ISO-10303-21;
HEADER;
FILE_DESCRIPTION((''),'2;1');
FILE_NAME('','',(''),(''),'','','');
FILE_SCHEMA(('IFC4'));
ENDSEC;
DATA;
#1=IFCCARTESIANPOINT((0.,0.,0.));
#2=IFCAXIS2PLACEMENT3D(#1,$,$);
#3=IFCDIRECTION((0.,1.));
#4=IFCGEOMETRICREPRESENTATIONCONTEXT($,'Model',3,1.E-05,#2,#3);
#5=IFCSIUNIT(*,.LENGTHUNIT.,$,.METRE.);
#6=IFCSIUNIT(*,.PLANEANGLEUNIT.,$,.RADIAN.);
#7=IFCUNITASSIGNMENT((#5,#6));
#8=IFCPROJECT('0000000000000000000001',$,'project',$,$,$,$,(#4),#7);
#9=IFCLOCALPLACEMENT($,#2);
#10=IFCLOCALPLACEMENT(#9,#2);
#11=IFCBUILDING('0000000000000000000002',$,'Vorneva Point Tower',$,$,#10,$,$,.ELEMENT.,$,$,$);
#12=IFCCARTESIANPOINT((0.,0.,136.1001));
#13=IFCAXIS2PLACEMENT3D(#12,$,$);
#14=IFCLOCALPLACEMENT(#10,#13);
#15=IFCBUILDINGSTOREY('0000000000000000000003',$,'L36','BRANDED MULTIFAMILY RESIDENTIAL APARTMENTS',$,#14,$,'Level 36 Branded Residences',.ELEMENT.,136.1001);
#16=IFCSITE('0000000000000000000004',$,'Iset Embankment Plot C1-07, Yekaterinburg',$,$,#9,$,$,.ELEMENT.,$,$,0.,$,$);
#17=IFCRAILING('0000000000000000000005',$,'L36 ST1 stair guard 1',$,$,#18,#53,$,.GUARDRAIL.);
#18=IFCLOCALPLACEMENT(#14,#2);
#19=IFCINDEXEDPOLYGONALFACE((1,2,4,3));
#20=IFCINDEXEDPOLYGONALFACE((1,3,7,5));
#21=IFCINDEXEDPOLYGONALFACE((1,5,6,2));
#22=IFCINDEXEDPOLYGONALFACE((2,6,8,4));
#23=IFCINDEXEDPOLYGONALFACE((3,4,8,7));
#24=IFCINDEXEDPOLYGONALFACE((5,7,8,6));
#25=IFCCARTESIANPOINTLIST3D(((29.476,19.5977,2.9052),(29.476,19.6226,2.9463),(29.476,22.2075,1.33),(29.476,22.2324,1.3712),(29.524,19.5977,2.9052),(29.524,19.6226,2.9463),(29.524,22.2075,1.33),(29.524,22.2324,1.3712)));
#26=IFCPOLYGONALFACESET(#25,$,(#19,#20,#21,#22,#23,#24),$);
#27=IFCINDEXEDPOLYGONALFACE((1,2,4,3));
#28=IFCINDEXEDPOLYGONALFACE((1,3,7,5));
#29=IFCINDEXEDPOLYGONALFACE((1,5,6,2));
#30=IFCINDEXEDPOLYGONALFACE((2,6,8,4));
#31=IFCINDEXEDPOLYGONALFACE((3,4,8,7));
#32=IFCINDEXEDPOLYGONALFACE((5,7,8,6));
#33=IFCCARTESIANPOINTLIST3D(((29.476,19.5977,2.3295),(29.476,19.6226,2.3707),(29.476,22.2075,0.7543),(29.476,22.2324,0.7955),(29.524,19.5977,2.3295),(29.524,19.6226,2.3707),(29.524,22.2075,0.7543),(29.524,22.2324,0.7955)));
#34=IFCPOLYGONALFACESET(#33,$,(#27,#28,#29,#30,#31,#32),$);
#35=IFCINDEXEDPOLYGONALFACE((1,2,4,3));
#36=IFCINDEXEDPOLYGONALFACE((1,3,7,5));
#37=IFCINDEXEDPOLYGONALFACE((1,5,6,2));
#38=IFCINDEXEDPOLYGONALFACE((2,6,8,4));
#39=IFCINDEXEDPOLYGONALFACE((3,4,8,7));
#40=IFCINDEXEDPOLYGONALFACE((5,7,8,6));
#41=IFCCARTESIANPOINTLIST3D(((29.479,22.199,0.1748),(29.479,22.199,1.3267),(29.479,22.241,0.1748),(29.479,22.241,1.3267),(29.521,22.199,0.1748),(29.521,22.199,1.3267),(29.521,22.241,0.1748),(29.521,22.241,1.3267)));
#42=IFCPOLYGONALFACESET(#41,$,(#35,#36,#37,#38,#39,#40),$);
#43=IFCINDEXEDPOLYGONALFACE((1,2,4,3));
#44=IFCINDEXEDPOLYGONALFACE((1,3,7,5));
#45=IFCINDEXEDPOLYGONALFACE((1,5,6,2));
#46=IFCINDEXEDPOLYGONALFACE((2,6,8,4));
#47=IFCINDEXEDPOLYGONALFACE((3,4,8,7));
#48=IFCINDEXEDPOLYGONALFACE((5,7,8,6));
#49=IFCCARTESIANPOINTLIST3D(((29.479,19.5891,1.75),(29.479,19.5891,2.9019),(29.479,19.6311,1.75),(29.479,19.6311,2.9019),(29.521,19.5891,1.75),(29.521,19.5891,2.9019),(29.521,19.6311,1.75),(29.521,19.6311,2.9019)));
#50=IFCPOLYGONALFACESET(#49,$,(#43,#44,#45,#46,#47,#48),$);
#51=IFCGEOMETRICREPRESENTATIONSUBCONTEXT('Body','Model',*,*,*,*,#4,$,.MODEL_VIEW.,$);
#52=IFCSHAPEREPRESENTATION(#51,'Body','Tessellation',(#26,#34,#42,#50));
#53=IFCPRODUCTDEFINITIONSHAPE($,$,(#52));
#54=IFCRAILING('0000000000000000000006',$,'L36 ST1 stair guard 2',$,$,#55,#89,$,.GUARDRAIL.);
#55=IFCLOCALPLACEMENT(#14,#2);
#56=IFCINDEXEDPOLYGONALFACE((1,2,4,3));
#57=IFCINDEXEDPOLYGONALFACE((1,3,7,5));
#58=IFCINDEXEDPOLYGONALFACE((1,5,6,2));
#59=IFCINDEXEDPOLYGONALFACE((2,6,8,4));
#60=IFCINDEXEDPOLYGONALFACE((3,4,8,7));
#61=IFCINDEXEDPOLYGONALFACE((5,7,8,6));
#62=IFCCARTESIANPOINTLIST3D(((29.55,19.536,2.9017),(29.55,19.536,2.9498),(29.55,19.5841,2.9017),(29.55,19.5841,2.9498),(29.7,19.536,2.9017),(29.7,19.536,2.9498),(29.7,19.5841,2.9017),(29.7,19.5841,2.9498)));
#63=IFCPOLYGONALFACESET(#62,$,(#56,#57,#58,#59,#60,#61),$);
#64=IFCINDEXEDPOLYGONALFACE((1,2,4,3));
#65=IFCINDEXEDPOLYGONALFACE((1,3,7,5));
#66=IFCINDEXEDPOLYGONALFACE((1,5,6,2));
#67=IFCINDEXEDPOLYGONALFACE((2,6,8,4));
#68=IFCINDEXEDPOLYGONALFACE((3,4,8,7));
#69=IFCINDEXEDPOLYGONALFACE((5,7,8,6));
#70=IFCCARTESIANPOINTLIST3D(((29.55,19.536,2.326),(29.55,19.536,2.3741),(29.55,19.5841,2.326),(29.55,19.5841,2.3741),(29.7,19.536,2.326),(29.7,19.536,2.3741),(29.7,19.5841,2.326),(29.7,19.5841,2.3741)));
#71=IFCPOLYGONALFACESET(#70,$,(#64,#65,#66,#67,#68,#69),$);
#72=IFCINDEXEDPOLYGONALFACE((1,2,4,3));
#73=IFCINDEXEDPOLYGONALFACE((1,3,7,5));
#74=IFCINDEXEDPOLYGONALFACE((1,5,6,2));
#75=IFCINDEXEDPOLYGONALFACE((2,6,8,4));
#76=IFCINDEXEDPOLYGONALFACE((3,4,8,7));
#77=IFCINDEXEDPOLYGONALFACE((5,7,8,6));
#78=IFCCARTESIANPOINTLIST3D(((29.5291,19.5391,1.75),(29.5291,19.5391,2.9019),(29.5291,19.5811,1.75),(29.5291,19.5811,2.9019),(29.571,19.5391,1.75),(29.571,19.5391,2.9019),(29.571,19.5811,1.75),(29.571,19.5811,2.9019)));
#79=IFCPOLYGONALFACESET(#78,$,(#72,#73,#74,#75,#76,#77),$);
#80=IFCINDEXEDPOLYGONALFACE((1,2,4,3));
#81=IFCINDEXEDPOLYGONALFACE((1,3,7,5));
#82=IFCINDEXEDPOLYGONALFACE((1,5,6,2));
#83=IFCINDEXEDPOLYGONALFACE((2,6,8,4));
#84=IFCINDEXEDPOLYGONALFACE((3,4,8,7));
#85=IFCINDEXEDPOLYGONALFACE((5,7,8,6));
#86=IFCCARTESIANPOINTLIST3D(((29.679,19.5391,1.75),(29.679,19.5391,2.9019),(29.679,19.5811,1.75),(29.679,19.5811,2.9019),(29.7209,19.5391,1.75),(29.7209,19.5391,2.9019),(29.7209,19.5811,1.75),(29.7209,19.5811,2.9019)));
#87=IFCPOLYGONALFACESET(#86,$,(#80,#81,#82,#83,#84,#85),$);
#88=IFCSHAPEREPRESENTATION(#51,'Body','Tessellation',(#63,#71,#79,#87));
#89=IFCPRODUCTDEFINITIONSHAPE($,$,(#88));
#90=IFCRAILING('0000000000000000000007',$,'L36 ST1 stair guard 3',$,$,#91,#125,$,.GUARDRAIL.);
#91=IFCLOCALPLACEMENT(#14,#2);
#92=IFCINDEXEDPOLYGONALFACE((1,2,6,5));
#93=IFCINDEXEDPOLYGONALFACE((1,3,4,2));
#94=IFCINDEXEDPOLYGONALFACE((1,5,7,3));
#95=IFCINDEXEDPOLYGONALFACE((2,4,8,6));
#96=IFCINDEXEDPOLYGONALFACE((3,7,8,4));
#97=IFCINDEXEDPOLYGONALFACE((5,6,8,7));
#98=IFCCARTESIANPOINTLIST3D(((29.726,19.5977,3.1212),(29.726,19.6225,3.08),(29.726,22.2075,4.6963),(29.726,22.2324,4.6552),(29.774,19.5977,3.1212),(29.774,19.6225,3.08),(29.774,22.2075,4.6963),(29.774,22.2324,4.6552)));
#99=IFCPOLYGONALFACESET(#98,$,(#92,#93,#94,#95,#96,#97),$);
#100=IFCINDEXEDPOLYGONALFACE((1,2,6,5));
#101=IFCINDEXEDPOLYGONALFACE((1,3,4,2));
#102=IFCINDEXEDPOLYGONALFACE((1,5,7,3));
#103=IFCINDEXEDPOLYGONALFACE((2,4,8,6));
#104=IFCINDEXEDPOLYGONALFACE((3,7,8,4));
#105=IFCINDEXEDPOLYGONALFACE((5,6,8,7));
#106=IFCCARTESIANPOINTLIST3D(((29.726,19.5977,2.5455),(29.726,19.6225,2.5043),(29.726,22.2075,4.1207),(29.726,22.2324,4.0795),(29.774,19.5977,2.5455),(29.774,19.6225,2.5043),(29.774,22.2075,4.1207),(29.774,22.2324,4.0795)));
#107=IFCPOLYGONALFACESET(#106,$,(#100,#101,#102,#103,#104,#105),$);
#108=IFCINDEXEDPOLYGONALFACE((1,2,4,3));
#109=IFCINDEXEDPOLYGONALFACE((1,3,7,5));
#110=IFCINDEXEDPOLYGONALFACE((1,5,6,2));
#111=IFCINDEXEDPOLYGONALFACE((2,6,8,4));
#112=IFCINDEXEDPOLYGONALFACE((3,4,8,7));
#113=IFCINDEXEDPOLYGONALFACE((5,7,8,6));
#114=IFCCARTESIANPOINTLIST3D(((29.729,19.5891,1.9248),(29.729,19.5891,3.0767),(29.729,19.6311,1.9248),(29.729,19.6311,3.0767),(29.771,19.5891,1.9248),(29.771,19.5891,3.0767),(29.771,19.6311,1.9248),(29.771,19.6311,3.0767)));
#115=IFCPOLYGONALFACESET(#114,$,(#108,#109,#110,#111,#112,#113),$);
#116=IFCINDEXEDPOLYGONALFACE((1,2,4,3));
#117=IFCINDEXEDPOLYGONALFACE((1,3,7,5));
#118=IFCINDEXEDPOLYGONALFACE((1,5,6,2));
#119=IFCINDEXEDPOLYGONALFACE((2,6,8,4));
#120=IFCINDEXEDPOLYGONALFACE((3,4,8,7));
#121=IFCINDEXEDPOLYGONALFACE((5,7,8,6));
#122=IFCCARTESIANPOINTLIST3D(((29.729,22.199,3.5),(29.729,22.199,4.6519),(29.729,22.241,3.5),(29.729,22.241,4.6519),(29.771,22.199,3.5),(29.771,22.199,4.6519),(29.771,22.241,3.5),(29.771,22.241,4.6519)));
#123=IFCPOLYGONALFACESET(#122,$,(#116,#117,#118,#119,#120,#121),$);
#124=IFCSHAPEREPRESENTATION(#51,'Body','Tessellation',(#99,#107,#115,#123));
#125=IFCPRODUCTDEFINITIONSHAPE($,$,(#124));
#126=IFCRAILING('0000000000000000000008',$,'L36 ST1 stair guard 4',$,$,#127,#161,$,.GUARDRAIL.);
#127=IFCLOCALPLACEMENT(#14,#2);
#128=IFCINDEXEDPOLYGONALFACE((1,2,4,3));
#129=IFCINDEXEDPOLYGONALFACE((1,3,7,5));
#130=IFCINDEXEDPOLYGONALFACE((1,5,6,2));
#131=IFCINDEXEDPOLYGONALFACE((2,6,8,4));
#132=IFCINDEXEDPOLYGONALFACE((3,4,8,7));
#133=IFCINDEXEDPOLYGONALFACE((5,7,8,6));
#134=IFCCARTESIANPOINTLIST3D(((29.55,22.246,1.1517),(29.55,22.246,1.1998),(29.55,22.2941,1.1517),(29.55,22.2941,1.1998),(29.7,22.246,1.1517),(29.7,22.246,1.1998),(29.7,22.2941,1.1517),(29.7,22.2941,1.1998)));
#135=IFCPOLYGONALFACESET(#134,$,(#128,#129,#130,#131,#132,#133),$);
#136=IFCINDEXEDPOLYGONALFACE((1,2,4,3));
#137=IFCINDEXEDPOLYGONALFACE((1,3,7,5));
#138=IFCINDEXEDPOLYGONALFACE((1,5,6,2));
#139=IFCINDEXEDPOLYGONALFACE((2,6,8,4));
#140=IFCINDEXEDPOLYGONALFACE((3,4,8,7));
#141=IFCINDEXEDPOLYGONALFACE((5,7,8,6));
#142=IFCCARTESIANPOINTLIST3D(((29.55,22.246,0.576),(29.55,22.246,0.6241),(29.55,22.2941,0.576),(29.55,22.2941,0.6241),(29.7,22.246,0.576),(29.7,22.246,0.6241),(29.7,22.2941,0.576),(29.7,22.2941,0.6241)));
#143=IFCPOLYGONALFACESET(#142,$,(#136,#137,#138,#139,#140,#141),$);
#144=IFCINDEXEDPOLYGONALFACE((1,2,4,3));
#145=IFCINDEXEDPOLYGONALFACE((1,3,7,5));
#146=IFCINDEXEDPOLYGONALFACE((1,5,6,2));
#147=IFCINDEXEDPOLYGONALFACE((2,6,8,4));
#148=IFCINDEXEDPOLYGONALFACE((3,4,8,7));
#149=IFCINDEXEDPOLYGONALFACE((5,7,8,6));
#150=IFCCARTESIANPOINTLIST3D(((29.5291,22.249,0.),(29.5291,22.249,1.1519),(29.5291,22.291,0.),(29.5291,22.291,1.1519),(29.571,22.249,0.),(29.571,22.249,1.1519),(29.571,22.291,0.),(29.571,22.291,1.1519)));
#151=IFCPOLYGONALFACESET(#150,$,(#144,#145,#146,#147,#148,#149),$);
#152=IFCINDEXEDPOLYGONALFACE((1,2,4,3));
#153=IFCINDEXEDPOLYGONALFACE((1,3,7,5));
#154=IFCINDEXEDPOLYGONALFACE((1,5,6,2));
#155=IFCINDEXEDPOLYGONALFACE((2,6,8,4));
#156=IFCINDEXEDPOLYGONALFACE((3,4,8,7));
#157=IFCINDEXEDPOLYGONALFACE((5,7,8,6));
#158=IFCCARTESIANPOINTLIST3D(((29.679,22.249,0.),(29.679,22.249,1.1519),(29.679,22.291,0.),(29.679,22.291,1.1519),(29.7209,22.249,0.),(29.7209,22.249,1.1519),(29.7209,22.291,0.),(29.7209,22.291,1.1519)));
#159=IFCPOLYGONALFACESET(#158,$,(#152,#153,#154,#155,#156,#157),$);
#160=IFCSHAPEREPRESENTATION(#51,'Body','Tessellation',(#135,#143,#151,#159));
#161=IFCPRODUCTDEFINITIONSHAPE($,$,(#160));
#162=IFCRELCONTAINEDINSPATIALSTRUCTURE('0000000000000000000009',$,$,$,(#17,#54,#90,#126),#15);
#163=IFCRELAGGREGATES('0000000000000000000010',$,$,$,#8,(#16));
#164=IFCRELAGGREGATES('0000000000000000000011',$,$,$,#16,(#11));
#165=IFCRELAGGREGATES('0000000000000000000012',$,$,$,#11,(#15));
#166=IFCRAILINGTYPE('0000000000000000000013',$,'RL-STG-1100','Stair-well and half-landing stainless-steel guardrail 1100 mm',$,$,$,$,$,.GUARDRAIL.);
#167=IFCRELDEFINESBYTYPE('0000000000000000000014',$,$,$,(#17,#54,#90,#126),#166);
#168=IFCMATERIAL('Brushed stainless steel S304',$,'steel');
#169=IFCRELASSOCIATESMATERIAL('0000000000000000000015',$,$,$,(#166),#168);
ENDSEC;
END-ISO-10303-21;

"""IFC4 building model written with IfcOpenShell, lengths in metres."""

from ifc_helpers import new_model, si_unit, direction, frame, origin, origin_2d, place, context, subcontext, project, spatial, rectangle, extrude, material, type_object, element, save


model = new_model("IFC4")

# Units and contexts
model_context = context("Model", 3, precision=1e-05, world=origin(), true_north=direction((0.0, 1.0)))
body_context = subcontext(model_context, "Body", "Model", "MODEL_VIEW")
ifc_project = project(units=[si_unit("LENGTHUNIT", "METRE"), si_unit("PLANEANGLEUNIT", "RADIAN")], contexts=[model_context])

# Site, building, storey
site_placement = place(None, origin())
site = spatial("IfcSite", under=ifc_project, at=site_placement, Name="Iset Embankment Plot C1-07, Yekaterinburg", CompositionType="ELEMENT", RefElevation=0.0)
building_placement = place(site_placement, origin())
building = spatial("IfcBuilding", under=site, at=building_placement, Name="Vorneva Point Tower", CompositionType="ELEMENT")
storey_placement = place(building_placement, frame((0.0, 0.0, 136.1001)))
storey = spatial("IfcBuildingStorey", under=building, at=storey_placement, Name="L36", Description="BRANDED MULTIFAMILY RESIDENTIAL APARTMENTS", LongName="Level 36 Branded Residences", CompositionType="ELEMENT", Elevation=136.1001)

# Shared definitions
ifc_material_1 = material(Name="Brushed stainless steel S304", Category="steel")

# Railings
railing_type_1 = type_object("IfcRailingType", Name="RL-STG-1100", Description="Stair-well and half-landing stainless-steel guardrail 1100 mm", PredefinedType="GUARDRAIL", material=ifc_material_1)
railing_1_placement = place(storey_placement, frame((29.5, 22.22, 0.1748)))
element("IfcRailing", 1, at=railing_1_placement, inside=storey, type_object=railing_type_1, Name="L36 ST1 stair guard 1", PredefinedType="GUARDRAIL", context=body_context, shape_type="SweptSolid", body=[
    extrude(rectangle(XDim=0.0481, YDim=0.0481, at=origin_2d()), frame((0.0, 0.0, 1.1758), z_axis=(0.0, -0.856147, 0.516732), x_axis=(1.0, 0.0, 0.0)), (0.0, 0.0, 1.0), 3.0483),
    extrude(rectangle(XDim=0.0481, YDim=0.0481, at=origin_2d()), frame((0.0, 0.0, 0.6001), z_axis=(0.0, -0.856147, 0.516732), x_axis=(1.0, 0.0, 0.0)), (0.0, 0.0, 1.0), 3.0483),
    extrude(rectangle(XDim=0.042, YDim=0.042, at=origin_2d()), origin(), (0.0, 0.0, 1.0), 1.1519),
    extrude(rectangle(XDim=0.042, YDim=0.042, at=origin_2d()), frame((0.0, -2.6099, 1.5752)), (0.0, 0.0, 1.0), 1.1519),
])
railing_2_placement = place(storey_placement, frame((29.55, 19.5601, 1.75)))
element("IfcRailing", 2, at=railing_2_placement, inside=storey, type_object=railing_type_1, Name="L36 ST1 stair guard 2", PredefinedType="GUARDRAIL", context=body_context, shape_type="SweptSolid", body=[
    extrude(rectangle(XDim=0.0481, YDim=0.0481, at=origin_2d()), frame((0.0, 0.0, 1.1758), z_axis=(1.0, 0.0, 0.0), x_axis=(0.0, 1.0, 0.0)), (0.0, 0.0, 1.0), 0.1499),
    extrude(rectangle(XDim=0.0481, YDim=0.0481, at=origin_2d()), frame((0.0, 0.0, 0.6001), z_axis=(1.0, 0.0, 0.0), x_axis=(0.0, 1.0, 0.0)), (0.0, 0.0, 1.0), 0.1499),
    extrude(rectangle(XDim=0.042, YDim=0.042, at=origin_2d()), origin(), (0.0, 0.0, 1.0), 1.1519),
    extrude(rectangle(XDim=0.042, YDim=0.042, at=origin_2d()), frame((0.1499, 0.0, 0.0)), (0.0, 0.0, 1.0), 1.1519),
])
railing_3_placement = place(storey_placement, frame((29.75, 19.6101, 1.9248)))
element("IfcRailing", 3, at=railing_3_placement, inside=storey, type_object=railing_type_1, Name="L36 ST1 stair guard 3", PredefinedType="GUARDRAIL", context=body_context, shape_type="SweptSolid", body=[
    extrude(rectangle(XDim=0.0481, YDim=0.0481, at=origin_2d()), frame((0.0, 0.0, 1.1758), z_axis=(0.0, 0.856147, 0.516732), x_axis=(-1.0, 0.0, 0.0)), (0.0, 0.0, 1.0), 3.0483),
    extrude(rectangle(XDim=0.0481, YDim=0.0481, at=origin_2d()), frame((0.0, 0.0, 0.6001), z_axis=(0.0, 0.856147, 0.516732), x_axis=(-1.0, 0.0, 0.0)), (0.0, 0.0, 1.0), 3.0483),
    extrude(rectangle(XDim=0.042, YDim=0.042, at=origin_2d()), origin(), (0.0, 0.0, 1.0), 1.1519),
    extrude(rectangle(XDim=0.042, YDim=0.042, at=origin_2d()), frame((0.0, 2.6099, 1.5752)), (0.0, 0.0, 1.0), 1.1519),
])
railing_4_placement = place(storey_placement, frame((29.55, 22.27, 0.0)))
element("IfcRailing", 4, at=railing_4_placement, inside=storey, type_object=railing_type_1, Name="L36 ST1 stair guard 4", PredefinedType="GUARDRAIL", context=body_context, shape_type="SweptSolid", body=[
    extrude(rectangle(XDim=0.0481, YDim=0.0481, at=origin_2d()), frame((0.0, 0.0, 1.1758), z_axis=(1.0, 0.0, 0.0), x_axis=(0.0, 1.0, 0.0)), (0.0, 0.0, 1.0), 0.1499),
    extrude(rectangle(XDim=0.0481, YDim=0.0481, at=origin_2d()), frame((0.0, 0.0, 0.6001), z_axis=(1.0, 0.0, 0.0), x_axis=(0.0, 1.0, 0.0)), (0.0, 0.0, 1.0), 0.1499),
    extrude(rectangle(XDim=0.042, YDim=0.042, at=origin_2d()), origin(), (0.0, 0.0, 1.0), 1.1519),
    extrude(rectangle(XDim=0.042, YDim=0.042, at=origin_2d()), frame((0.1499, 0.0, 0.0)), (0.0, 0.0, 1.0), 1.1519),
])

save(model, "model.ifc")
